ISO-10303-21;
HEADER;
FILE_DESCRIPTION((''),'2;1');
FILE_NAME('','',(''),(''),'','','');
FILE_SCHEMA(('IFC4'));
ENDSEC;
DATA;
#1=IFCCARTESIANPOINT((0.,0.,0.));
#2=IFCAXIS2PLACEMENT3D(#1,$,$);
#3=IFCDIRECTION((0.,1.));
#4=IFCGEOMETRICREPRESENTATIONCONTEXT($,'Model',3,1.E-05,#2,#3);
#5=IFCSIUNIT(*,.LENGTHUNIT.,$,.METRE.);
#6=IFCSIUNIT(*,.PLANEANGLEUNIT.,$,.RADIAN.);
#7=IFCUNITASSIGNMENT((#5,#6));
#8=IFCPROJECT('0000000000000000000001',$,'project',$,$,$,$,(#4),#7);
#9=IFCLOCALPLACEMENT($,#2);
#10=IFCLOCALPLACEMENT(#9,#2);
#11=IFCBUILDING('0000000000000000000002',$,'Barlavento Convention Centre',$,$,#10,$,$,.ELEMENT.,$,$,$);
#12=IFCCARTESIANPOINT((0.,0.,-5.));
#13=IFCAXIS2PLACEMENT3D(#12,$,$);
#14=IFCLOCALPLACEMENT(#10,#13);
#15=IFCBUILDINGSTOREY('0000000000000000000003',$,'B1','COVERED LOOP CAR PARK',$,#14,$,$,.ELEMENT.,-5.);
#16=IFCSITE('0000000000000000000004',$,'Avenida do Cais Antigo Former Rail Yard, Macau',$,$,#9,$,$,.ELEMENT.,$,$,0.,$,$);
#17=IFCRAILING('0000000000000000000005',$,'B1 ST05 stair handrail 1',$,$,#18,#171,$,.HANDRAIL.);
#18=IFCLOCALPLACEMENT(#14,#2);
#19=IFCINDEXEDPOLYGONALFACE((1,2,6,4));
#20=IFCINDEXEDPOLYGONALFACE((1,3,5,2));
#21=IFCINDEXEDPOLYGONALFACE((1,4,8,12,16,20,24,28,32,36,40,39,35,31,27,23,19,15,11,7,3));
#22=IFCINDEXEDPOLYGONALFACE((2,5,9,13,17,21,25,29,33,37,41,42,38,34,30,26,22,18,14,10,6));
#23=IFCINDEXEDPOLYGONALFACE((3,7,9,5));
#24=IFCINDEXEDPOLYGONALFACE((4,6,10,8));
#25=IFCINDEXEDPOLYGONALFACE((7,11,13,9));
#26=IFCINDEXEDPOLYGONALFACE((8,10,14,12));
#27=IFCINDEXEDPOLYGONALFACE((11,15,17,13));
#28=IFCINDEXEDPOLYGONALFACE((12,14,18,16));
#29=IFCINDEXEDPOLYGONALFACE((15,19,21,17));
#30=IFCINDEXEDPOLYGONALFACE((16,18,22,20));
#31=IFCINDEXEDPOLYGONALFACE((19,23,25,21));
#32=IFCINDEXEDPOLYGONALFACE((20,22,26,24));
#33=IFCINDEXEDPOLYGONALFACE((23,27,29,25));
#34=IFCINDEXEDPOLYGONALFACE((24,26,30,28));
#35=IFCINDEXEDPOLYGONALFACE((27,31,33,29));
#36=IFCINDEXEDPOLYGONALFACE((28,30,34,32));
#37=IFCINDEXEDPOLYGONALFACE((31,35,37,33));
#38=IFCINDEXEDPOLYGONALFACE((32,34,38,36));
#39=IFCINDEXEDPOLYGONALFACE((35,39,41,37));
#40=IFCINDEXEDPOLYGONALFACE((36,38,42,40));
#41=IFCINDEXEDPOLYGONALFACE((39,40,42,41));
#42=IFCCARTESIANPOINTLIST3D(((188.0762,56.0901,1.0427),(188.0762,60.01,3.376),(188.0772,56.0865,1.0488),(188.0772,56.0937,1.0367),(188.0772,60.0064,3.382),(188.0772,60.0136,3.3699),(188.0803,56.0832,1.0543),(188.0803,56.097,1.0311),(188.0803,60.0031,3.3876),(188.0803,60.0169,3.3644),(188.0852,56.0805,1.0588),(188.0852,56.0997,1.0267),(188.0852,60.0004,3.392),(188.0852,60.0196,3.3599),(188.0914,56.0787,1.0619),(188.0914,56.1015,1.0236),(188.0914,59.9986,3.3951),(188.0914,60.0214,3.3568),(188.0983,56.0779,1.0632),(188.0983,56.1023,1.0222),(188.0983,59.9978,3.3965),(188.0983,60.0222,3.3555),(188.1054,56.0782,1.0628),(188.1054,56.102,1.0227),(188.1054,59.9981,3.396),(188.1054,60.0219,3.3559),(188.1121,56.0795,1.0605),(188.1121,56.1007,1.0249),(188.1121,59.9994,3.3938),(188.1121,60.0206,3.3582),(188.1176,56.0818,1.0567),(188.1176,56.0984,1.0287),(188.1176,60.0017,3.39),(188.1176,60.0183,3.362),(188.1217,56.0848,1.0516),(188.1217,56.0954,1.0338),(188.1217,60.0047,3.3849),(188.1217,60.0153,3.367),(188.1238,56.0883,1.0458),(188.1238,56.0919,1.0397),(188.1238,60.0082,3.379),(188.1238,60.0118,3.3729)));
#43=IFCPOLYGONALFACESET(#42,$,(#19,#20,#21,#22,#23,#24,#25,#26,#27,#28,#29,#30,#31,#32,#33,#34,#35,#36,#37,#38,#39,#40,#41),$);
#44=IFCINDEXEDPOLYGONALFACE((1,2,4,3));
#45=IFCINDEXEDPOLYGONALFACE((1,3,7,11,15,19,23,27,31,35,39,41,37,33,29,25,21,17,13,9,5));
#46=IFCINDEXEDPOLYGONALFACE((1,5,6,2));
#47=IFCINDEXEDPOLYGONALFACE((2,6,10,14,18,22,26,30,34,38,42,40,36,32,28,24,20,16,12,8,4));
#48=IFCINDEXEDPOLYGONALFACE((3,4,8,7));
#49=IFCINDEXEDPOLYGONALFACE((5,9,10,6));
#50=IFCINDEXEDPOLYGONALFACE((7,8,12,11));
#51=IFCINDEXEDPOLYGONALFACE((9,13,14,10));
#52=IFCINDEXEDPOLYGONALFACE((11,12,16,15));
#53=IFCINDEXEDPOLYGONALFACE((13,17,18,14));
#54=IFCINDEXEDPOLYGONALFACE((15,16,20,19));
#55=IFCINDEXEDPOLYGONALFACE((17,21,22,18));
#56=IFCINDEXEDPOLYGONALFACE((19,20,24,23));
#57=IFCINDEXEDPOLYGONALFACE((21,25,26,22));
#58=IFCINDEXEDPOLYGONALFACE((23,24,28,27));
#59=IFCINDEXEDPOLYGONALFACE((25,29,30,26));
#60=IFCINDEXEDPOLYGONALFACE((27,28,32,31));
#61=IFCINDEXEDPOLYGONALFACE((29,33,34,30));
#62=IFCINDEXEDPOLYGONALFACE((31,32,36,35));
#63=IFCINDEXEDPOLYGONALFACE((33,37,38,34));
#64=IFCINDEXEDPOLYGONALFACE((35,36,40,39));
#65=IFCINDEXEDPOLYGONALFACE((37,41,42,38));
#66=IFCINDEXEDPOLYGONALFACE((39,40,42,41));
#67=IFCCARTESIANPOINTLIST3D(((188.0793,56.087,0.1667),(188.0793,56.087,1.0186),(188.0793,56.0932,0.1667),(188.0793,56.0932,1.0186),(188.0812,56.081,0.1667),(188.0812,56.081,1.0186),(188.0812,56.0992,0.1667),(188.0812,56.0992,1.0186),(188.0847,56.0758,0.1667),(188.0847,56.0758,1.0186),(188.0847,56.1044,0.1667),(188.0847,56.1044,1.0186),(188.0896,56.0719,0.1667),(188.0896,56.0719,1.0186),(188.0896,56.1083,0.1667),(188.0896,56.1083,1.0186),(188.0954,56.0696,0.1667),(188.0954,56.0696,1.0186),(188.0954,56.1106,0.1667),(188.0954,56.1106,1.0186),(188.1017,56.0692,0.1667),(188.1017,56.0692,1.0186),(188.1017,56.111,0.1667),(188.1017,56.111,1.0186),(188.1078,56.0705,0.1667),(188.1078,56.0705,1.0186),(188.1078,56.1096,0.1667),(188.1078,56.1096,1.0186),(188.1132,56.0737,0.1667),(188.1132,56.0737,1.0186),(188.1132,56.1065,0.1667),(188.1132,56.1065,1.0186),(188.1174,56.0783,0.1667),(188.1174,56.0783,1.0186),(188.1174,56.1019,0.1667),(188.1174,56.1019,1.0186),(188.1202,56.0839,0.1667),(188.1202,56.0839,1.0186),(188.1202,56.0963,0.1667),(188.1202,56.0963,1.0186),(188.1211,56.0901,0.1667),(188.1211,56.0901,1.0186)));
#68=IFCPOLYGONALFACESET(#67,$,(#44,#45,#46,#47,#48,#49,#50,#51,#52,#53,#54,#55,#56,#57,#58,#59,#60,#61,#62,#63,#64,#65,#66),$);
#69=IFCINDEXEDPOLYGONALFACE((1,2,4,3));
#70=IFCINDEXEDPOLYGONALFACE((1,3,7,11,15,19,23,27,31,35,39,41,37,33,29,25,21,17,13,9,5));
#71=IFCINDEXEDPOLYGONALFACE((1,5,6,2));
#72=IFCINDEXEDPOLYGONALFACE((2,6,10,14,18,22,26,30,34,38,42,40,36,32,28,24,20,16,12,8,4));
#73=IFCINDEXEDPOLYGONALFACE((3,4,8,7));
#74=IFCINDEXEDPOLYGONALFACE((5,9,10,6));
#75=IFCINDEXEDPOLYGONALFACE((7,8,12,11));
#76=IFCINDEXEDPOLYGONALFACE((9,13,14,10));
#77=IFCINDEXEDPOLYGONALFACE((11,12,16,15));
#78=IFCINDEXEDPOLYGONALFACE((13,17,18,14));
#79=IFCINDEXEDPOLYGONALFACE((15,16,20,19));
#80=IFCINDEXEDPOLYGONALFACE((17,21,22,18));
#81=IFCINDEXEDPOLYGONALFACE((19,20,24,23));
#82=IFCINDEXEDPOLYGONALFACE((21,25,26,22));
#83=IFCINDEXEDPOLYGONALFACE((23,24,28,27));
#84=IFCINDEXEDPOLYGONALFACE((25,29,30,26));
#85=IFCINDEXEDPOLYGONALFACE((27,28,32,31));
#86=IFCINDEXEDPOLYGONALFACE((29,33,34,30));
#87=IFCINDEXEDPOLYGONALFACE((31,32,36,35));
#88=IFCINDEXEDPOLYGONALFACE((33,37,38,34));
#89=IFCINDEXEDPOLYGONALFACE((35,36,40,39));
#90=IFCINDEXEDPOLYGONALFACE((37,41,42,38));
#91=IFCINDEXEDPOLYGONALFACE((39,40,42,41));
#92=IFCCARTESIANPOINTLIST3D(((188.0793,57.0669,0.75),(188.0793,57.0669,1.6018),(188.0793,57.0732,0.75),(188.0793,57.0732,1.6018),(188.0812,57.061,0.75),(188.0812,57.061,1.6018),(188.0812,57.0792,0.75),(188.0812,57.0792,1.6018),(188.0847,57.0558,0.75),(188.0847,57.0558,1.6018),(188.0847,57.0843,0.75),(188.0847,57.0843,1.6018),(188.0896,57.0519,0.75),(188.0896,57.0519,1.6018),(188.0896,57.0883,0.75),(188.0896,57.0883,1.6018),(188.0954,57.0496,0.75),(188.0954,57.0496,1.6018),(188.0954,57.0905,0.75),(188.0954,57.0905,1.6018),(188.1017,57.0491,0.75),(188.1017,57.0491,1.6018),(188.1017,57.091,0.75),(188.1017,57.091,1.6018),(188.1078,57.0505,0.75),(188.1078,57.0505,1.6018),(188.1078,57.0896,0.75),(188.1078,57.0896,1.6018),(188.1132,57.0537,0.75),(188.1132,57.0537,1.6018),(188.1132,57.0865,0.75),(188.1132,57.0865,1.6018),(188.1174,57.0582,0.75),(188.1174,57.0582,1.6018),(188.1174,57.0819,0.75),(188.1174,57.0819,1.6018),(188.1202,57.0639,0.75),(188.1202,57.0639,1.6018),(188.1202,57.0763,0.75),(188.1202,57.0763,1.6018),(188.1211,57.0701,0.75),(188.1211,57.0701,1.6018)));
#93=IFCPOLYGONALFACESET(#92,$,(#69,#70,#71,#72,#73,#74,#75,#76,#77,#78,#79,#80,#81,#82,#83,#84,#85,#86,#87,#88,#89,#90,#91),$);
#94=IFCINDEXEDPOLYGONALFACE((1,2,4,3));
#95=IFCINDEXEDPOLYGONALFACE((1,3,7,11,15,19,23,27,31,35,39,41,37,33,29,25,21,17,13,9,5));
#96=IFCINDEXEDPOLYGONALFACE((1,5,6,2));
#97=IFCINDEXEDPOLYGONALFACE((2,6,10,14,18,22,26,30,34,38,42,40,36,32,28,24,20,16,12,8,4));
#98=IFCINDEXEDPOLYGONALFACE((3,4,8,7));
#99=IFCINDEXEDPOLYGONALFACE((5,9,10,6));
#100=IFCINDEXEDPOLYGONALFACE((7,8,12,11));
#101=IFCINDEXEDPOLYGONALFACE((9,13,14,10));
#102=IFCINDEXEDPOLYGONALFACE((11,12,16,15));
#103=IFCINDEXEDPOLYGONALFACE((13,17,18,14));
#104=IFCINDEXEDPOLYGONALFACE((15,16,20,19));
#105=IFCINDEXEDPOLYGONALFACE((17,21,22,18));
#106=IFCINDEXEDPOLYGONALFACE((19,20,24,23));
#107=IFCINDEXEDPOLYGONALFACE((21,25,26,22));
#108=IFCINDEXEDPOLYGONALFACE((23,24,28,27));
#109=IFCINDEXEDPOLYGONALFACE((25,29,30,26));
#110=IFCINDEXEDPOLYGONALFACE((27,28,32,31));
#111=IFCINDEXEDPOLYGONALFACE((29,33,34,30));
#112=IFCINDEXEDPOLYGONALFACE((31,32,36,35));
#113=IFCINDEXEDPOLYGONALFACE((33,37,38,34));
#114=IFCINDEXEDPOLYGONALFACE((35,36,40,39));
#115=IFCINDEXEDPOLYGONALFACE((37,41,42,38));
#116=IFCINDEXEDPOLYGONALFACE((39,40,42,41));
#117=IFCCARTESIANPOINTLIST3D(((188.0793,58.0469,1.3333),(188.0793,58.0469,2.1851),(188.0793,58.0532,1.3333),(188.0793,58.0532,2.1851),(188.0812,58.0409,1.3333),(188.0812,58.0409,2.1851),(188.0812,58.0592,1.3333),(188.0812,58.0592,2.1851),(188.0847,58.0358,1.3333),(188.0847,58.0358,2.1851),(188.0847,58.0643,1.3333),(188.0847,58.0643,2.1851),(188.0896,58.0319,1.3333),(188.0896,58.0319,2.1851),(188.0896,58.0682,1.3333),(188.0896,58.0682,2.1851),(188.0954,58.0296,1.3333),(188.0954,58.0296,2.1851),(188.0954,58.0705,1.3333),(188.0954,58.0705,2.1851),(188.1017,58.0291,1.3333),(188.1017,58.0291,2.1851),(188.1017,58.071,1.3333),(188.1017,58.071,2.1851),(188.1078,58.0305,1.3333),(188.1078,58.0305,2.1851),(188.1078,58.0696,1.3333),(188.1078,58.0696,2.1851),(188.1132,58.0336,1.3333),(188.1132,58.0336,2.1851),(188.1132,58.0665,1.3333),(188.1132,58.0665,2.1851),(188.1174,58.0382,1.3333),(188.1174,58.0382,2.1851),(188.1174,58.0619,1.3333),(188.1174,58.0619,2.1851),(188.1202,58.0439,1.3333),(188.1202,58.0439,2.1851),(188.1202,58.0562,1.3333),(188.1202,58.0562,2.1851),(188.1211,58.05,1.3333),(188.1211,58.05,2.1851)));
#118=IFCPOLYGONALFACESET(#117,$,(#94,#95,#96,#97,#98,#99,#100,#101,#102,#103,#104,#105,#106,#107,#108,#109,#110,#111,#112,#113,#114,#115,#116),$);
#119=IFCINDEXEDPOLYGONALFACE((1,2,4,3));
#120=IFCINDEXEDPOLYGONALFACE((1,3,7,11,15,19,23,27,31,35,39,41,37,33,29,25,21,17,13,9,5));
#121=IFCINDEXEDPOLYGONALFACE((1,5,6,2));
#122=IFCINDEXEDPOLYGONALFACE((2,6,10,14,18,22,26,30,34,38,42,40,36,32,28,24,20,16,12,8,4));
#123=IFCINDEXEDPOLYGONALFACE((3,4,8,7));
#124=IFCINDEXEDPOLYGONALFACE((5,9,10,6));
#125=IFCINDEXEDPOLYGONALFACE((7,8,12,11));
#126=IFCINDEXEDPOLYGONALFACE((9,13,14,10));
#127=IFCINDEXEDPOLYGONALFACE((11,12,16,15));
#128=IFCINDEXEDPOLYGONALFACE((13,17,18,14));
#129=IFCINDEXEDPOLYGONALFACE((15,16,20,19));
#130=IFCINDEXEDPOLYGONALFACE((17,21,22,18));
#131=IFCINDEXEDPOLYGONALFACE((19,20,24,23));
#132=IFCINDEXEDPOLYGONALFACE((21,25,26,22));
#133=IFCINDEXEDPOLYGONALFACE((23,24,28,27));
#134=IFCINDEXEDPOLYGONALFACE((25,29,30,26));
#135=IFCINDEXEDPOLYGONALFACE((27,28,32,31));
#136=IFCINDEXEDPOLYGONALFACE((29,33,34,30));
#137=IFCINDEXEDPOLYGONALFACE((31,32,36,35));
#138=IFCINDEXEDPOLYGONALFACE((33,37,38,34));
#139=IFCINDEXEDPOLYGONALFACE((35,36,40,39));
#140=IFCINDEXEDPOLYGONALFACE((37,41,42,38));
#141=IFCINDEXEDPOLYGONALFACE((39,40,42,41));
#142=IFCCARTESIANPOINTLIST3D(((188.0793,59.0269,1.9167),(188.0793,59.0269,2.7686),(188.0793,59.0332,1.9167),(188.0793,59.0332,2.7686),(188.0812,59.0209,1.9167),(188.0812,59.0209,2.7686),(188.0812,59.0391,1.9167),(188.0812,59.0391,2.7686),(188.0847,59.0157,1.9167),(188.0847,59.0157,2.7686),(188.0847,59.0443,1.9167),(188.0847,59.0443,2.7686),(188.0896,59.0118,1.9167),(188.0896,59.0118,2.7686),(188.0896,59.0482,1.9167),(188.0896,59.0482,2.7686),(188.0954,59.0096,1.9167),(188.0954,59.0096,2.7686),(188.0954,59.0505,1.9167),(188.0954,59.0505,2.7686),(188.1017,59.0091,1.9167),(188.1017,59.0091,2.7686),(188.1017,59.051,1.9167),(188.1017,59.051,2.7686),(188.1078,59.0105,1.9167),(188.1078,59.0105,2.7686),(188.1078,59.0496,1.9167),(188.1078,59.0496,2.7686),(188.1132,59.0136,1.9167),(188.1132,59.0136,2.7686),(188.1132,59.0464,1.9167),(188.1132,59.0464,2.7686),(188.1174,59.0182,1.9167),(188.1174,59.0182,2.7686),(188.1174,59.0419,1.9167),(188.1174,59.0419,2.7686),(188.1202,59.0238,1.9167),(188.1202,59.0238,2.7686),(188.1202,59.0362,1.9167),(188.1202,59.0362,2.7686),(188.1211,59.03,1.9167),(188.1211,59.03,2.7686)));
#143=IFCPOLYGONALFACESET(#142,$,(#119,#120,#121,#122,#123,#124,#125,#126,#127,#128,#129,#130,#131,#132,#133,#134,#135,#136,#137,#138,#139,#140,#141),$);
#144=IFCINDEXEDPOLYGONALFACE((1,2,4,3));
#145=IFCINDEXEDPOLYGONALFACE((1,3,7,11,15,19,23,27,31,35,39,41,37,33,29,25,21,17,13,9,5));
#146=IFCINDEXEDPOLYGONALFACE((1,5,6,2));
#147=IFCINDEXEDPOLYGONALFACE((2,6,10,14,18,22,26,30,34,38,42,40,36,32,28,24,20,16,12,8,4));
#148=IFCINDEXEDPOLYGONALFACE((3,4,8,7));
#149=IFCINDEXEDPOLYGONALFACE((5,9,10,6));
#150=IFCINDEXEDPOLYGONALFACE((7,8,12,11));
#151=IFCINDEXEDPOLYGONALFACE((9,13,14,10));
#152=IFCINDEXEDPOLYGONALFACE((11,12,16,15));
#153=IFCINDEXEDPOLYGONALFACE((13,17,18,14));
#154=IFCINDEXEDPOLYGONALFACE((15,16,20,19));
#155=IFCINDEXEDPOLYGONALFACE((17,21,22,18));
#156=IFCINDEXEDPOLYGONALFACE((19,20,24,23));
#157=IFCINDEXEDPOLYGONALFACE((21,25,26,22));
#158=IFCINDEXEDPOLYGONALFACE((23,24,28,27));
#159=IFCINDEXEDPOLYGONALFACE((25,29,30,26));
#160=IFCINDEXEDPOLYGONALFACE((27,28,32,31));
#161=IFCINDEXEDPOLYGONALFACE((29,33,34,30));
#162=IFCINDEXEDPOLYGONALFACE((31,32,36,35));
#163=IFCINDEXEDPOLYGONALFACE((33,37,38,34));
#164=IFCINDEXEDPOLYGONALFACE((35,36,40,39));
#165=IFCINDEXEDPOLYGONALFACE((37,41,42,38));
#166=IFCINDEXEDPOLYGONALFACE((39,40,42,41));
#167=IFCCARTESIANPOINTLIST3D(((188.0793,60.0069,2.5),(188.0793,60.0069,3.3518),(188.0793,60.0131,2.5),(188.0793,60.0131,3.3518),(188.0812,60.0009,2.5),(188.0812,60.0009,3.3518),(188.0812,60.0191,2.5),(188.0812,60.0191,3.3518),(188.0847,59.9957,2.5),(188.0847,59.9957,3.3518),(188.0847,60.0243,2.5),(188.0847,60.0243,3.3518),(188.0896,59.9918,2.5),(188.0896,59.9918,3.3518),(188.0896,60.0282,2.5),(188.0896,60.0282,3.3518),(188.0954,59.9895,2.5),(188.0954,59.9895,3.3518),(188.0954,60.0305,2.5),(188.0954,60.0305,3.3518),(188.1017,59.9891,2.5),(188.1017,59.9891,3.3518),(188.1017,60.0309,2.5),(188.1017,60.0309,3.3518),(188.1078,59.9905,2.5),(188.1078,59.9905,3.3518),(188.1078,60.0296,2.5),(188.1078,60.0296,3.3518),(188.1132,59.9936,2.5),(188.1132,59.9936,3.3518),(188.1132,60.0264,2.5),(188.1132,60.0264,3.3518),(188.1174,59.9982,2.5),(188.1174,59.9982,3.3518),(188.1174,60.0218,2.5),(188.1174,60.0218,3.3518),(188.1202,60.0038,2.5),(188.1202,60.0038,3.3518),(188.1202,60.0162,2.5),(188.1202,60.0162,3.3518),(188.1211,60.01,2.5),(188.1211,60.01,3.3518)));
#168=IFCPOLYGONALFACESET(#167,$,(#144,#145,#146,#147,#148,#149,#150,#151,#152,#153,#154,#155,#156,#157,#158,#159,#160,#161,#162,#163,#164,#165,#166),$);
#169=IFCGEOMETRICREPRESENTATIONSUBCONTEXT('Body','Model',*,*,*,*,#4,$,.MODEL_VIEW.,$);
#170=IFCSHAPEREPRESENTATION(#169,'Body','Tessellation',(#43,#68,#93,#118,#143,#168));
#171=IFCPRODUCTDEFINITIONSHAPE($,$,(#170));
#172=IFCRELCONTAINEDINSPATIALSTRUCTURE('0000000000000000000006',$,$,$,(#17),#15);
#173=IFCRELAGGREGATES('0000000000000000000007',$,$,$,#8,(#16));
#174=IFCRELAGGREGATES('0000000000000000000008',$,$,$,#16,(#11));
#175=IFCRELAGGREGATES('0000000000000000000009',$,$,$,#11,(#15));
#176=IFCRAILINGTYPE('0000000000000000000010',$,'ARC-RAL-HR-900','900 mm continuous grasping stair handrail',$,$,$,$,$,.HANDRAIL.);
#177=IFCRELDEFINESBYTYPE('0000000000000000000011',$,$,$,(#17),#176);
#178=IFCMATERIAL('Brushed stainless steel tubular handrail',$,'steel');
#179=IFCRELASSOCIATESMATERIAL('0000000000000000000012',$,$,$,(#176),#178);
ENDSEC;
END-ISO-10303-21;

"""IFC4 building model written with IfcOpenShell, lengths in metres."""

from ifc_helpers import new_model, si_unit, direction, frame, origin, origin_2d, place, context, subcontext, project, spatial, circle, extrude, material, type_object, element, save


model = new_model("IFC4")

# Units and contexts
model_context = context("Model", 3, precision=1e-05, world=origin(), true_north=direction((0.0, 1.0)))
body_context = subcontext(model_context, "Body", "Model", "MODEL_VIEW")
ifc_project = project(units=[si_unit("LENGTHUNIT", "METRE"), si_unit("PLANEANGLEUNIT", "RADIAN")], contexts=[model_context])

# Site, building, storey
site_placement = place(None, origin())
site = spatial("IfcSite", under=ifc_project, at=site_placement, Name="Avenida do Cais Antigo Former Rail Yard, Macau", CompositionType="ELEMENT", RefElevation=0.0)
building_placement = place(site_placement, origin())
building = spatial("IfcBuilding", under=site, at=building_placement, Name="Barlavento Convention Centre", CompositionType="ELEMENT")
storey_placement = place(building_placement, frame((0.0, 0.0, -5.0)))
storey = spatial("IfcBuildingStorey", under=building, at=storey_placement, Name="B1", Description="COVERED LOOP CAR PARK", CompositionType="ELEMENT", Elevation=-5.0)

# Railing
ifc_material_1 = material(Name="Brushed stainless steel tubular handrail", Category="steel")
railing_type_1 = type_object("IfcRailingType", Name="ARC-RAL-HR-900", Description="900 mm continuous grasping stair handrail", PredefinedType="HANDRAIL", material=ifc_material_1)
railing_1_placement = place(storey_placement, frame((188.1001, 56.0901, 0.1667)))
element("IfcRailing", 1, at=railing_1_placement, inside=storey, type_object=railing_type_1, Name="B1 ST05 stair handrail 1", PredefinedType="HANDRAIL", context=body_context, shape_type="SweptSolid", body=[
    extrude(circle(Radius=0.0239, at=origin_2d()), frame((0.0, 0.0, 0.876), z_axis=(0.0, 0.859296, 0.511478), x_axis=(-1.0, 0.0, 0.0)), (0.0, 0.0, 1.0), 4.5618),
    extrude(circle(Radius=0.021, at=origin_2d()), origin(), (0.0, 0.0, 1.0), 0.8518),
    extrude(circle(Radius=0.021, at=origin_2d()), frame((0.0, 0.98, 0.5833)), (0.0, 0.0, 1.0), 0.8518),
    extrude(circle(Radius=0.021, at=origin_2d()), frame((0.0, 1.96, 1.1665)), (0.0, 0.0, 1.0), 0.8518),
    extrude(circle(Radius=0.021, at=origin_2d()), frame((0.0, 2.9399, 1.75)), (0.0, 0.0, 1.0), 0.8518),
    extrude(circle(Radius=0.021, at=origin_2d()), frame((0.0, 3.9199, 2.3333)), (0.0, 0.0, 1.0), 0.8518),
])

save(model, "model.ifc")
